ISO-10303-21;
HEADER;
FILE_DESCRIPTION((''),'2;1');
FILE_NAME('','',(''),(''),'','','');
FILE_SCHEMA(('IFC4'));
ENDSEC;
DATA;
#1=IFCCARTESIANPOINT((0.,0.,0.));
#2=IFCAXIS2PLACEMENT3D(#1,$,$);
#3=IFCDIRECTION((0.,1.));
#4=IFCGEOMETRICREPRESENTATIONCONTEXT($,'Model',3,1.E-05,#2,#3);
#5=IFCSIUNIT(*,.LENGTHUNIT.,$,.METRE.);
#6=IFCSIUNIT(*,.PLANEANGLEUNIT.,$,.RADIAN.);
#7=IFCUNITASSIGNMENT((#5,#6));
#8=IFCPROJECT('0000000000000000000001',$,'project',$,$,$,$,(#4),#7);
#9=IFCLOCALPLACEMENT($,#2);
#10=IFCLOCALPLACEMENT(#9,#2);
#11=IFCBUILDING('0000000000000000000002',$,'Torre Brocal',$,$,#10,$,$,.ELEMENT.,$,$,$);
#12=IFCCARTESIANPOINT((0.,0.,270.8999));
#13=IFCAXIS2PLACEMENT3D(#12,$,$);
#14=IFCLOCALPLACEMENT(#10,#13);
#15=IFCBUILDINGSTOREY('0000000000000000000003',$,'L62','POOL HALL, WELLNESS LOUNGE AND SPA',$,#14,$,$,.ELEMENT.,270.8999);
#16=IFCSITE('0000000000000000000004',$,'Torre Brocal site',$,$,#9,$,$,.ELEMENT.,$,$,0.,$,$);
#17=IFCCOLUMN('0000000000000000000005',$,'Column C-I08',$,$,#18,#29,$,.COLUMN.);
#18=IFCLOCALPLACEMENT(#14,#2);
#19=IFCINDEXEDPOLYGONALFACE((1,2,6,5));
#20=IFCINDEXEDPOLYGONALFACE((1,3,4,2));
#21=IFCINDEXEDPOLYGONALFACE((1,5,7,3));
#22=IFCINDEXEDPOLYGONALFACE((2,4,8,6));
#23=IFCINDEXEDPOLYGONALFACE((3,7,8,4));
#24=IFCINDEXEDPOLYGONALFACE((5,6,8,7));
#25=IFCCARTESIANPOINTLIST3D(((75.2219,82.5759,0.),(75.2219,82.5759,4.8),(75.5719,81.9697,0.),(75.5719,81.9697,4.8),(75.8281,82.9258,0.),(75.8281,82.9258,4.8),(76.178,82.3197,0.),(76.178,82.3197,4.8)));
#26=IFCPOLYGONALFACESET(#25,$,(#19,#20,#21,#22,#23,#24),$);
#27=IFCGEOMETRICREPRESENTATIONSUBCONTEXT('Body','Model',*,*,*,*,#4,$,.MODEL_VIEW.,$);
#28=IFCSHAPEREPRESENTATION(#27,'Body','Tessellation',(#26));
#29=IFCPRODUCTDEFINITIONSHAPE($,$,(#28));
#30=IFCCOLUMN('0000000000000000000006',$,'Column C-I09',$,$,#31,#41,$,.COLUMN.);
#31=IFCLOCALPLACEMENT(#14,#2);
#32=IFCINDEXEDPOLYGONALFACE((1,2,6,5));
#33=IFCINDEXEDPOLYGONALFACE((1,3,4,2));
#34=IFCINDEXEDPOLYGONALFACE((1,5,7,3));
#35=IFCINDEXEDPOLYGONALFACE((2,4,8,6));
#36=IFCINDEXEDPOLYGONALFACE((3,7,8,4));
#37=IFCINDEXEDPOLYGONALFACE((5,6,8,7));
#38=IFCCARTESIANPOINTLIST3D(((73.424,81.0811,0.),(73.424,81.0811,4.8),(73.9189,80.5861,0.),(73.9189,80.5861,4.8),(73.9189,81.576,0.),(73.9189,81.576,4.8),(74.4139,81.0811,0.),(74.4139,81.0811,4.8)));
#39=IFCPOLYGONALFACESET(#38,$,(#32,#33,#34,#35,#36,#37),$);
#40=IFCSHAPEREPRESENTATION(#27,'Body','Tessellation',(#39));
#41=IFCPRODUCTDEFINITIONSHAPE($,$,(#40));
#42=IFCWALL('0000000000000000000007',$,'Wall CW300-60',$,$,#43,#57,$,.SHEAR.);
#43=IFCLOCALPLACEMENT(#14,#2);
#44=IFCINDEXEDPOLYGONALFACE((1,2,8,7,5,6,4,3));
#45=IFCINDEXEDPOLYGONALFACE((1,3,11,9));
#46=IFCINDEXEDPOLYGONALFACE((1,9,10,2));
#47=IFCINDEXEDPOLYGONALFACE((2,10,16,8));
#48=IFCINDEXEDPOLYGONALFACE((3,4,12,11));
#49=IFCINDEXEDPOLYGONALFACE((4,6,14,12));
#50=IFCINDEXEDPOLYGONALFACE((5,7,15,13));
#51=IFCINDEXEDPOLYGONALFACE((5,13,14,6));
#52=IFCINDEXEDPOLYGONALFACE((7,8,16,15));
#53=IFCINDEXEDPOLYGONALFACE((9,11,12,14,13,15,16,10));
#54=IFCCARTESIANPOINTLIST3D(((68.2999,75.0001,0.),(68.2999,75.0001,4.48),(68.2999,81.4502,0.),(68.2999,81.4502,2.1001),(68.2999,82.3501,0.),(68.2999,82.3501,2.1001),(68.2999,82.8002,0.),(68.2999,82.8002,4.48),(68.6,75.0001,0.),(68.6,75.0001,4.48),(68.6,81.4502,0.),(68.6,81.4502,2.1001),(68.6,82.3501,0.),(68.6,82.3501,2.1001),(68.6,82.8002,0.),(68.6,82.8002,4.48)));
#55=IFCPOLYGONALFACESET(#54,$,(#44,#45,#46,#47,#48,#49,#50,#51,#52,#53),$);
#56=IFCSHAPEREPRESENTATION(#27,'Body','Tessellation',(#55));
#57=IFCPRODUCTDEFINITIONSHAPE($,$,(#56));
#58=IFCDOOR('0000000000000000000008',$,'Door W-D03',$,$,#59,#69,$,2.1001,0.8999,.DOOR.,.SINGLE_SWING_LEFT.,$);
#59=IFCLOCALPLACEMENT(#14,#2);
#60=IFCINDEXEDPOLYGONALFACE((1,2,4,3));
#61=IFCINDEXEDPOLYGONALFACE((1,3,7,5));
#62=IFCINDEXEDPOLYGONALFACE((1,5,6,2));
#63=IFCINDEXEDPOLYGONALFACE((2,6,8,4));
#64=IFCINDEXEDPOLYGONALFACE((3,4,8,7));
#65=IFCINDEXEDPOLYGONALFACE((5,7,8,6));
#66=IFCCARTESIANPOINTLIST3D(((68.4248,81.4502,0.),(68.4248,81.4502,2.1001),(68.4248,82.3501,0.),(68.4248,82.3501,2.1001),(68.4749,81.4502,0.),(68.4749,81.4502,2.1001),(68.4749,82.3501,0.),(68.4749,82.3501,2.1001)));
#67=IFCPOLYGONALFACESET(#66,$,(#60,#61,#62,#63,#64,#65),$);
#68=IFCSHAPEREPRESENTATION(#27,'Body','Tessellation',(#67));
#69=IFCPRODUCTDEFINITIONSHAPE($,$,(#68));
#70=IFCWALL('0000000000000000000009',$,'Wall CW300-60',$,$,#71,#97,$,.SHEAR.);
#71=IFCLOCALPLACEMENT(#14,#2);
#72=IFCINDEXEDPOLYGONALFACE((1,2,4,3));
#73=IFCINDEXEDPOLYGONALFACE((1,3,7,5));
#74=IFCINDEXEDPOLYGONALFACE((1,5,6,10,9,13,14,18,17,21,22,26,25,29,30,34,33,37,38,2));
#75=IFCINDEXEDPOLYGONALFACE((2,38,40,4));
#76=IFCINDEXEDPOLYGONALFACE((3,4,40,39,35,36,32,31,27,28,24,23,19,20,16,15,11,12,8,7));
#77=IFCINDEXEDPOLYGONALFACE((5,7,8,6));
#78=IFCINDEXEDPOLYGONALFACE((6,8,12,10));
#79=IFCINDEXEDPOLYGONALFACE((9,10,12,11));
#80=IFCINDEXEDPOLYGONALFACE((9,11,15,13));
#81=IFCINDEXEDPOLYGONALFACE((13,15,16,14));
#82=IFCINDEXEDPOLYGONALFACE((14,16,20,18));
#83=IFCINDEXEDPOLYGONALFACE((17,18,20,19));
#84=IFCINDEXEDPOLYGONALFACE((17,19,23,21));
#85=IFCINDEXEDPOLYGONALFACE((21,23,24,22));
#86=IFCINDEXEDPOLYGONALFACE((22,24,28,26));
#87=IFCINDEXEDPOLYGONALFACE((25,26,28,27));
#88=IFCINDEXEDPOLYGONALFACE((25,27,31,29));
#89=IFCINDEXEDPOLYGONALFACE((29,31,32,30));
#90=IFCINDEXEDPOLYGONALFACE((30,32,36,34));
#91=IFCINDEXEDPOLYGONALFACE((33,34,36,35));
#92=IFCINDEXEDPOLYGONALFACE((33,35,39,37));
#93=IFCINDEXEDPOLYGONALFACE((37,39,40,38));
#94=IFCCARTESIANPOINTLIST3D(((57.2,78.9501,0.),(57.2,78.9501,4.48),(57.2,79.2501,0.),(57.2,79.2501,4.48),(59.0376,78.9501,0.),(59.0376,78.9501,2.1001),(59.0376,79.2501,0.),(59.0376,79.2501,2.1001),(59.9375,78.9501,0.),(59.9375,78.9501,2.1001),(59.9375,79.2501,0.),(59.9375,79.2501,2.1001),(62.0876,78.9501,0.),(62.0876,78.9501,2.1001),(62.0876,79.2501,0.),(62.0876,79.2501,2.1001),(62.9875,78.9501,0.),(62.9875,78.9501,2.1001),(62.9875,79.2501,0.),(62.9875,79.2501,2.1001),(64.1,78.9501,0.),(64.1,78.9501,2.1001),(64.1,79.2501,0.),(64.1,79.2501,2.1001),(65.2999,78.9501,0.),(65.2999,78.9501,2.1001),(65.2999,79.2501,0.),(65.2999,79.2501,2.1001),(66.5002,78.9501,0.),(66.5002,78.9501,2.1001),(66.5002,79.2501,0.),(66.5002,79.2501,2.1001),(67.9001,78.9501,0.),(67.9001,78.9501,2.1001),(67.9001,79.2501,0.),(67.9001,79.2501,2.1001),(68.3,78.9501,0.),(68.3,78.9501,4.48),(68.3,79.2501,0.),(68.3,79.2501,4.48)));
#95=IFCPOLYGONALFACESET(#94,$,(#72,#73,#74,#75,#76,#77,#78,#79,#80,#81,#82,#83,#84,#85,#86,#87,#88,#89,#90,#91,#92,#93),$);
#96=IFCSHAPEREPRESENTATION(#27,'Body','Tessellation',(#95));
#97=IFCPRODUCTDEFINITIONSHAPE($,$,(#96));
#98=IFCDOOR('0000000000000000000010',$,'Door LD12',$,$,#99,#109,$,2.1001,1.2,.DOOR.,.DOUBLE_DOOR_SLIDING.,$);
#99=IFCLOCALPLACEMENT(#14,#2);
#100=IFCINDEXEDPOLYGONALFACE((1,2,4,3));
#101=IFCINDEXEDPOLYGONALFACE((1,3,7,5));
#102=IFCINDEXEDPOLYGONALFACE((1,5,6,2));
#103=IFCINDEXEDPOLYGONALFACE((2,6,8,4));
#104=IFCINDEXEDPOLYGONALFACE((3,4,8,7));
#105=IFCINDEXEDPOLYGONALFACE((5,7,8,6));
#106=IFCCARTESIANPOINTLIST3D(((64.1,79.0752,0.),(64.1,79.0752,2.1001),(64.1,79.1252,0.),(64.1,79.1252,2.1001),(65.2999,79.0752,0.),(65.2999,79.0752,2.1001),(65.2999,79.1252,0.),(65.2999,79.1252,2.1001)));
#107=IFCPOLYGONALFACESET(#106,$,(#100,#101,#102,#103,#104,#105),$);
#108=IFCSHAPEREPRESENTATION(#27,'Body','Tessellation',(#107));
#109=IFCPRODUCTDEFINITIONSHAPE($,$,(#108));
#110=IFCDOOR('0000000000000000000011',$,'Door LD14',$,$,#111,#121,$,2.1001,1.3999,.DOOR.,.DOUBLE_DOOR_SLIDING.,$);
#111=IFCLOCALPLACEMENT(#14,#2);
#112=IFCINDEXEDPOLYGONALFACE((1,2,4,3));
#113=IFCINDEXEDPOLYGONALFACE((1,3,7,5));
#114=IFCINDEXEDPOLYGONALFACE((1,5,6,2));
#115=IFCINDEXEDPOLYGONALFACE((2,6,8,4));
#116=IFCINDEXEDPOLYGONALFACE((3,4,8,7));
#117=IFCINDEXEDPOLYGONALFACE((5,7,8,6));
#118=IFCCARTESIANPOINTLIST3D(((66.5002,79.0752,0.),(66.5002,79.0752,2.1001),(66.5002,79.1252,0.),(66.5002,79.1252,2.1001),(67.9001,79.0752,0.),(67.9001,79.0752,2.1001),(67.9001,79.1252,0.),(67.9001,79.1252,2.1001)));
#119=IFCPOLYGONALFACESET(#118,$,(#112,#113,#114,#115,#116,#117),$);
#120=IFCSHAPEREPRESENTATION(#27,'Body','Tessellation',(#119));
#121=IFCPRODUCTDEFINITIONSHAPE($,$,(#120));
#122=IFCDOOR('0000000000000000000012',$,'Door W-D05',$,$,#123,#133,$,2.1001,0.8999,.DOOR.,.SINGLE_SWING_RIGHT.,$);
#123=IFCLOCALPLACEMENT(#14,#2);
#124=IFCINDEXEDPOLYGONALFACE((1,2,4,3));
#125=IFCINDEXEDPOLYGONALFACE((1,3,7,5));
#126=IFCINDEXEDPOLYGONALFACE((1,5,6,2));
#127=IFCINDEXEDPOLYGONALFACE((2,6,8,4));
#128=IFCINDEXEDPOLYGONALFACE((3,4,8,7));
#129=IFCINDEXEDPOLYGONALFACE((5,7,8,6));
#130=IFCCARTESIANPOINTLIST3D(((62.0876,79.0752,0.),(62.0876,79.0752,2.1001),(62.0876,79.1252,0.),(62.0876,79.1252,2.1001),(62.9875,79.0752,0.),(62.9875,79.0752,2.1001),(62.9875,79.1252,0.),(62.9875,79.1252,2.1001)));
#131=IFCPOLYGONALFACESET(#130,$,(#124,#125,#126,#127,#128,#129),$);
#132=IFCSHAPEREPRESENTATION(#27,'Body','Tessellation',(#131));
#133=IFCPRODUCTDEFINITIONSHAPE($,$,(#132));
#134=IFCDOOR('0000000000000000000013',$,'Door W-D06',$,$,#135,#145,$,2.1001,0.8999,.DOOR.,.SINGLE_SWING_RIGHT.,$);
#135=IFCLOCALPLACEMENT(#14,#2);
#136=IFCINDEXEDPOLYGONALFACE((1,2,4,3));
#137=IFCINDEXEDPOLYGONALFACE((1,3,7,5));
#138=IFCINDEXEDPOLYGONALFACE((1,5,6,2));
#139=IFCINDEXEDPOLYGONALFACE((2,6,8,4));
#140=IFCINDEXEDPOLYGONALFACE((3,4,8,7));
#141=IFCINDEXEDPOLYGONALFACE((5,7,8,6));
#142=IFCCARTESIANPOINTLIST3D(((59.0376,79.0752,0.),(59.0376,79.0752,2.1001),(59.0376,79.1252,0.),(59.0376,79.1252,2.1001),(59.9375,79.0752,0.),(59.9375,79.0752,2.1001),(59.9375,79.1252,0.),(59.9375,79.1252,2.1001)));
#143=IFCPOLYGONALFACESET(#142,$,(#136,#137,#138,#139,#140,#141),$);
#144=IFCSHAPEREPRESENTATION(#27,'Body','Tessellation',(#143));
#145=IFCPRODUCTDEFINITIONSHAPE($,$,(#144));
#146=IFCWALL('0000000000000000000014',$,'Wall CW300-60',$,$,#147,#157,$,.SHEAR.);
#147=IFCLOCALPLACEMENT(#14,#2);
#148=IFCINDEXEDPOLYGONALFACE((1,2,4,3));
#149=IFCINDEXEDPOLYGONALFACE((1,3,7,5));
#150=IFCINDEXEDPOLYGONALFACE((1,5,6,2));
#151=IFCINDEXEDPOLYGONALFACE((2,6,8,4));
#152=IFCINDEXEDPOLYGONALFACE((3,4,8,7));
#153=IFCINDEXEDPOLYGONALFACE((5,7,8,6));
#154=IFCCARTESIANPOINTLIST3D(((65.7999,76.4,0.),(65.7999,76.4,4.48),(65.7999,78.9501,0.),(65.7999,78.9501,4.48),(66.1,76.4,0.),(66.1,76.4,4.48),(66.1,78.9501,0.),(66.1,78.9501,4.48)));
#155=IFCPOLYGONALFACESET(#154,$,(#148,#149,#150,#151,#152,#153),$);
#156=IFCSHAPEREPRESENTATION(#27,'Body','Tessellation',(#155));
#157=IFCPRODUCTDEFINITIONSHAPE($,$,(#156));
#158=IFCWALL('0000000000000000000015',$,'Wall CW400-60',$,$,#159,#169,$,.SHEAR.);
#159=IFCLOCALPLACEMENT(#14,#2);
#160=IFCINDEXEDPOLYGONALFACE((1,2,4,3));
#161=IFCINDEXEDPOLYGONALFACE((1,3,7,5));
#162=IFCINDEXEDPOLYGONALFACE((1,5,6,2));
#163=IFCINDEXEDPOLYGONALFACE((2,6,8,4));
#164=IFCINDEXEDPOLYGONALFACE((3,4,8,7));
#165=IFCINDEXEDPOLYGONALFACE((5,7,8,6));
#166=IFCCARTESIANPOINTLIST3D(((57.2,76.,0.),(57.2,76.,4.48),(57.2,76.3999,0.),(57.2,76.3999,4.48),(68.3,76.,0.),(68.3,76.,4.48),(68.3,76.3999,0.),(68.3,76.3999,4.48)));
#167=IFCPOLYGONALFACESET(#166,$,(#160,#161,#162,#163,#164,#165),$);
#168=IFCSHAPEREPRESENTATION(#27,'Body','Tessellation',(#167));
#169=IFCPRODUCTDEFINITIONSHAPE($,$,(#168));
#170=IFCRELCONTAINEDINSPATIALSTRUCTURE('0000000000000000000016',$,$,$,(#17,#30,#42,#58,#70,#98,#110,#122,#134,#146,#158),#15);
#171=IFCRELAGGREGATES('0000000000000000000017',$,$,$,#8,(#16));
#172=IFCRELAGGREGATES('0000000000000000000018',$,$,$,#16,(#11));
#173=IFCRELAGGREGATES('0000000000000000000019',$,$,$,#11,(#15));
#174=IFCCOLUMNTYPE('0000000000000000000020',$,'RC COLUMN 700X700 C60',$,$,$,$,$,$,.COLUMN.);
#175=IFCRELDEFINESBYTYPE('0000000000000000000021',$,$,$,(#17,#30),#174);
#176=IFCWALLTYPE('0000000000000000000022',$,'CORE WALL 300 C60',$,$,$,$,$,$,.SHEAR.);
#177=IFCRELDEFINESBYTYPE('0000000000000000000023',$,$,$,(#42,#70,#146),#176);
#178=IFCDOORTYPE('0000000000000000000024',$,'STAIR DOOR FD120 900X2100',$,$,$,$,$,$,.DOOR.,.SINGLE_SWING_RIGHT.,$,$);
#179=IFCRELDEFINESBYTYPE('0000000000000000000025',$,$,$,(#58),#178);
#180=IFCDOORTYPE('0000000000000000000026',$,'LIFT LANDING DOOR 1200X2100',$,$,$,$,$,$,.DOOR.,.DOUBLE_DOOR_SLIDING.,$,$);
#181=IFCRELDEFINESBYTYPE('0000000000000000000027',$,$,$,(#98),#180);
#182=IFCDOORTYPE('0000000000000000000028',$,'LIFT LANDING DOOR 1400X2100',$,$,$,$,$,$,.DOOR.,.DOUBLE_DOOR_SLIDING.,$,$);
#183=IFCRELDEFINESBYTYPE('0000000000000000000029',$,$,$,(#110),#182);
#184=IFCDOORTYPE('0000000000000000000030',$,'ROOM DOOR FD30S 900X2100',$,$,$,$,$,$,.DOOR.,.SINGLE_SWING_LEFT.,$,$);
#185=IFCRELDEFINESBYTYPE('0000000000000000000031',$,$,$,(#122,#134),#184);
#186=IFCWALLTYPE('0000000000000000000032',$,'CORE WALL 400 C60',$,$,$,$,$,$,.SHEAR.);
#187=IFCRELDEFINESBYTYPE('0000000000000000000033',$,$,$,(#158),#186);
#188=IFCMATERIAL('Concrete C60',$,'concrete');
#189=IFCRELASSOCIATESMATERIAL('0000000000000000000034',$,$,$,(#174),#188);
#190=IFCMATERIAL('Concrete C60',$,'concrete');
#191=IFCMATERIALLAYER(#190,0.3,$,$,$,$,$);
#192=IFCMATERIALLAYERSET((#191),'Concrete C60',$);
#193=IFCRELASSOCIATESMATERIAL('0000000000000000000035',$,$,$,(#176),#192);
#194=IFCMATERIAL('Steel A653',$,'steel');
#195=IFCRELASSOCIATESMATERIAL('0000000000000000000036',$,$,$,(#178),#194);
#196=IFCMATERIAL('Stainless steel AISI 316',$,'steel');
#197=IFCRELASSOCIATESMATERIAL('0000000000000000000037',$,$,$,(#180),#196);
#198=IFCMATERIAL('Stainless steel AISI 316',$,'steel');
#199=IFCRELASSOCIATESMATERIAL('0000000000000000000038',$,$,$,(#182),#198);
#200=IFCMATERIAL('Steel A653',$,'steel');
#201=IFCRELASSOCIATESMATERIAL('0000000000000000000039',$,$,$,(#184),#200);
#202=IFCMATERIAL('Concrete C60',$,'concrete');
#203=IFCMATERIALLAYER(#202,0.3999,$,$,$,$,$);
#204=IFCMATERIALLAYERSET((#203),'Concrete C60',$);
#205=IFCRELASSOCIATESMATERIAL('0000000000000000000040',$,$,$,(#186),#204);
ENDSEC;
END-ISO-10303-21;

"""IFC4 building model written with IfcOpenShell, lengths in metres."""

from ifc_helpers import new_model, si_unit, direction, frame, frame_2d, origin, origin_2d, place, context, subcontext, project, spatial, rectangle, extrude, material, layer, layer_set, material_profile, profile_set, type_object, element, fill, save


model = new_model("IFC4")

# Units and contexts
model_context = context("Model", 3, precision=1e-05, world=origin(), true_north=direction((0.0, 1.0)))
body_context = subcontext(model_context, "Body", "Model", "MODEL_VIEW")
ifc_project = project(units=[si_unit("LENGTHUNIT", "METRE"), si_unit("PLANEANGLEUNIT", "RADIAN")], contexts=[model_context])

# Site, building, storey
site_placement = place(None, origin())
site = spatial("IfcSite", under=ifc_project, at=site_placement, Name="Torre Brocal site", CompositionType="ELEMENT", RefElevation=0.0)
building_placement = place(site_placement, origin())
building = spatial("IfcBuilding", under=site, at=building_placement, Name="Torre Brocal", CompositionType="ELEMENT")
storey_placement = place(building_placement, frame((0.0, 0.0, 270.8999)))
storey = spatial("IfcBuildingStorey", under=building, at=storey_placement, Name="L62", Description="POOL HALL, WELLNESS LOUNGE AND SPA", CompositionType="ELEMENT", Elevation=270.8999)

# Columns
ifc_material_1 = material(Name="Concrete C60", Category="concrete")
ifc_material_profile = material_profile(ifc_material_1, rectangle(XDim=0.7, YDim=0.7, at=origin_2d()), Name="RC 700X700")
ifc_profile_set = profile_set([ifc_material_profile], Name="Concrete C60")
column_type = type_object("IfcColumnType", Name="RC COLUMN 700X700 C60", PredefinedType="COLUMN", material=ifc_profile_set)
for number, where, z_axis, x_axis, name in (
    (1, (75.7, 82.4478, 0.0), (0.0, 0.0, 1.0), (-0.5, 0.866025, 0.0), "Column C-I08"),
    (2, (73.9189, 81.0811, 0.0), (0.0, 0.0, 1.0), (-0.707107, 0.707107, 0.0), "Column C-I09"),
):
    element("IfcColumn", number, at=place(storey_placement, frame(where, z_axis=z_axis, x_axis=x_axis)), inside=storey, type_object=column_type, Name=name, PredefinedType="COLUMN", context=body_context, shape_type="SweptSolid", body=[
        extrude(rectangle(XDim=0.7, YDim=0.7, at=origin_2d()), origin(), (0.0, 0.0, 1.0), 4.8),
    ])

# Wall, opening, door
ifc_material_2 = material(Name="Concrete C60", Category="concrete")
ifc_layer_1 = layer(ifc_material_2, 0.3)
ifc_layer_set_1 = layer_set([ifc_layer_1], Name="Concrete C60")
wall_type_1 = type_object("IfcWallType", Name="CORE WALL 300 C60", PredefinedType="SHEAR", material=ifc_layer_set_1)
wall_1_placement = place(storey_placement, frame((68.45, 82.8, 0.0), z_axis=(0.0, 0.0, 1.0), x_axis=(0.0, -1.0, 0.0)))
wall_1 = element("IfcWall", 3, at=wall_1_placement, inside=storey, type_object=wall_type_1, Name="Wall CW300-60", PredefinedType="SHEAR", context=body_context, shape_type="SweptSolid", body=[
    extrude(rectangle(XDim=7.8, YDim=0.3, at=frame_2d((3.8999, 0.0))), origin(), (0.0, 0.0, 1.0), 4.48),
])
opening_1_placement = place(wall_1_placement, frame((0.45, 0.0, 0.0)))
opening_1 = element("IfcOpeningElement", 4, at=opening_1_placement, cuts=wall_1, PredefinedType="OPENING", context=body_context, shape_type="SweptSolid", body=[
    extrude(rectangle(XDim=0.8999, YDim=2.1001, at=frame_2d((0.45, 1.05))), frame((0.0, 0.1599, 0.0), z_axis=(0.0, -1.0, 0.0), x_axis=(1.0, 0.0, 0.0)), (0.0, 0.0, 1.0), 0.3201),
])
ifc_material_3 = material(Name="Steel A653", Category="steel")
door_type_1 = type_object("IfcDoorType", Name="STAIR DOOR FD120 900X2100", OperationType="SINGLE_SWING_RIGHT", PredefinedType="DOOR", material=ifc_material_3)
door_1_placement = place(opening_1_placement, origin())
door_1 = element("IfcDoor", 5, at=door_1_placement, inside=storey, type_object=door_type_1, Name="Door W-D03", OperationType="SINGLE_SWING_LEFT", OverallHeight=2.1001, OverallWidth=0.8999, PredefinedType="DOOR", context=body_context, shape_type="SweptSolid", body=[
    extrude(rectangle(XDim=0.8999, YDim=2.1001, at=frame_2d((0.45, 1.05))), frame((0.0, 0.0249, 0.0), z_axis=(0.0, -1.0, 0.0), x_axis=(1.0, 0.0, 0.0)), (0.0, 0.0, 1.0), 0.05),
])
fill(opening_1, door_1)

# Wall, openings, doors
wall_2_placement = place(storey_placement, frame((68.3, 79.1001, 0.0), z_axis=(0.0, 0.0, 1.0), x_axis=(-1.0, 0.0, 0.0)))
wall_2 = element("IfcWall", 6, at=wall_2_placement, inside=storey, type_object=wall_type_1, Name="Wall CW300-60", PredefinedType="SHEAR", context=body_context, shape_type="SweptSolid", body=[
    extrude(rectangle(XDim=11.1001, YDim=0.3, at=frame_2d((5.55, 0.0))), origin(), (0.0, 0.0, 1.0), 4.48),
])
opening_2_placement = place(wall_2_placement, frame((0.3999, 0.0, 0.0)))
opening_2 = element("IfcOpeningElement", 7, at=opening_2_placement, cuts=wall_2, PredefinedType="OPENING", context=body_context, shape_type="SweptSolid", body=[
    extrude(rectangle(XDim=1.3999, YDim=2.1001, at=frame_2d((0.7, 1.05))), frame((0.0, 0.1599, 0.0), z_axis=(0.0, -1.0, 0.0), x_axis=(1.0, 0.0, 0.0)), (0.0, 0.0, 1.0), 0.3201),
])
opening_3_placement = place(wall_2_placement, frame((3.0, 0.0, 0.0)))
opening_3 = element("IfcOpeningElement", 8, at=opening_3_placement, cuts=wall_2, PredefinedType="OPENING", context=body_context, shape_type="SweptSolid", body=[
    extrude(rectangle(XDim=1.2, YDim=2.1001, at=frame_2d((0.6001, 1.05))), frame((0.0, 0.1599, 0.0), z_axis=(0.0, -1.0, 0.0), x_axis=(1.0, 0.0, 0.0)), (0.0, 0.0, 1.0), 0.3201),
])
opening_4_placement = place(wall_2_placement, frame((5.3125, 0.0, 0.0)))
opening_4 = element("IfcOpeningElement", 9, at=opening_4_placement, cuts=wall_2, PredefinedType="OPENING", context=body_context, shape_type="SweptSolid", body=[
    extrude(rectangle(XDim=0.8999, YDim=2.1001, at=frame_2d((0.45, 1.05))), frame((0.0, 0.1599, 0.0), z_axis=(0.0, -1.0, 0.0), x_axis=(1.0, 0.0, 0.0)), (0.0, 0.0, 1.0), 0.3201),
])
opening_5_placement = place(wall_2_placement, frame((8.3625, 0.0, 0.0)))
opening_5 = element("IfcOpeningElement", 10, at=opening_5_placement, cuts=wall_2, PredefinedType="OPENING", context=body_context, shape_type="SweptSolid", body=[
    extrude(rectangle(XDim=0.8999, YDim=2.1001, at=frame_2d((0.45, 1.05))), frame((0.0, 0.1599, 0.0), z_axis=(0.0, -1.0, 0.0), x_axis=(1.0, 0.0, 0.0)), (0.0, 0.0, 1.0), 0.3201),
])
ifc_material_4 = material(Name="Stainless steel AISI 316", Category="steel")
door_type_2 = type_object("IfcDoorType", Name="LIFT LANDING DOOR 1200X2100", OperationType="DOUBLE_DOOR_SLIDING", PredefinedType="DOOR", material=ifc_material_4)
door_2_placement = place(opening_3_placement, origin())
door_2 = element("IfcDoor", 11, at=door_2_placement, inside=storey, type_object=door_type_2, Name="Door LD12", OperationType="DOUBLE_DOOR_SLIDING", OverallHeight=2.1001, OverallWidth=1.2, PredefinedType="DOOR", context=body_context, shape_type="SweptSolid", body=[
    extrude(rectangle(XDim=1.2, YDim=2.1001, at=frame_2d((0.6001, 1.05))), frame((0.0, 0.0249, 0.0), z_axis=(0.0, -1.0, 0.0), x_axis=(1.0, 0.0, 0.0)), (0.0, 0.0, 1.0), 0.05),
])
fill(opening_3, door_2)
ifc_material_5 = material(Name="Stainless steel AISI 316", Category="steel")
door_type_3 = type_object("IfcDoorType", Name="LIFT LANDING DOOR 1400X2100", OperationType="DOUBLE_DOOR_SLIDING", PredefinedType="DOOR", material=ifc_material_5)
door_3_placement = place(opening_2_placement, origin())
door_3 = element("IfcDoor", 12, at=door_3_placement, inside=storey, type_object=door_type_3, Name="Door LD14", OperationType="DOUBLE_DOOR_SLIDING", OverallHeight=2.1001, OverallWidth=1.3999, PredefinedType="DOOR", context=body_context, shape_type="SweptSolid", body=[
    extrude(rectangle(XDim=1.3999, YDim=2.1001, at=frame_2d((0.7, 1.05))), frame((0.0, 0.0249, 0.0), z_axis=(0.0, -1.0, 0.0), x_axis=(1.0, 0.0, 0.0)), (0.0, 0.0, 1.0), 0.05),
])
fill(opening_2, door_3)
ifc_material_6 = material(Name="Steel A653", Category="steel")
door_type_4 = type_object("IfcDoorType", Name="ROOM DOOR FD30S 900X2100", OperationType="SINGLE_SWING_LEFT", PredefinedType="DOOR", material=ifc_material_6)
door_4_placement = place(opening_4_placement, origin())
door_4 = element("IfcDoor", 13, at=door_4_placement, inside=storey, type_object=door_type_4, Name="Door W-D05", OperationType="SINGLE_SWING_RIGHT", OverallHeight=2.1001, OverallWidth=0.8999, PredefinedType="DOOR", context=body_context, shape_type="SweptSolid", body=[
    extrude(rectangle(XDim=0.8999, YDim=2.1001, at=frame_2d((0.45, 1.05))), frame((0.0, 0.0249, 0.0), z_axis=(0.0, -1.0, 0.0), x_axis=(1.0, 0.0, 0.0)), (0.0, 0.0, 1.0), 0.05),
])
fill(opening_4, door_4)
door_5_placement = place(opening_5_placement, origin())
door_5 = element("IfcDoor", 14, at=door_5_placement, inside=storey, type_object=door_type_4, Name="Door W-D06", OperationType="SINGLE_SWING_RIGHT", OverallHeight=2.1001, OverallWidth=0.8999, PredefinedType="DOOR", context=body_context, shape_type="SweptSolid", body=[
    extrude(rectangle(XDim=0.8999, YDim=2.1001, at=frame_2d((0.45, 1.05))), frame((0.0, 0.0249, 0.0), z_axis=(0.0, -1.0, 0.0), x_axis=(1.0, 0.0, 0.0)), (0.0, 0.0, 1.0), 0.05),
])
fill(opening_5, door_5)

# Walls
wall_3_placement = place(storey_placement, frame((65.95, 78.95, 0.0), z_axis=(0.0, 0.0, 1.0), x_axis=(0.0, -1.0, 0.0)))
element("IfcWall", 15, at=wall_3_placement, inside=storey, type_object=wall_type_1, Name="Wall CW300-60", PredefinedType="SHEAR", context=body_context, shape_type="SweptSolid", body=[
    extrude(rectangle(XDim=2.55, YDim=0.3, at=frame_2d((1.2749, 0.0))), origin(), (0.0, 0.0, 1.0), 4.48),
])
ifc_material_7 = material(Name="Concrete C60", Category="concrete")
ifc_layer_2 = layer(ifc_material_7, 0.3999)
ifc_layer_set_2 = layer_set([ifc_layer_2], Name="Concrete C60")
wall_type_2 = type_object("IfcWallType", Name="CORE WALL 400 C60", PredefinedType="SHEAR", material=ifc_layer_set_2)
wall_4_placement = place(storey_placement, frame((68.3, 76.2, 0.0), z_axis=(0.0, 0.0, 1.0), x_axis=(-1.0, 0.0, 0.0)))
element("IfcWall", 16, at=wall_4_placement, inside=storey, type_object=wall_type_2, Name="Wall CW400-60", PredefinedType="SHEAR", context=body_context, shape_type="SweptSolid", body=[
    extrude(rectangle(XDim=11.1001, YDim=0.3999, at=frame_2d((5.55, 0.0))), origin(), (0.0, 0.0, 1.0), 4.48),
])

save(model, "model.ifc")
